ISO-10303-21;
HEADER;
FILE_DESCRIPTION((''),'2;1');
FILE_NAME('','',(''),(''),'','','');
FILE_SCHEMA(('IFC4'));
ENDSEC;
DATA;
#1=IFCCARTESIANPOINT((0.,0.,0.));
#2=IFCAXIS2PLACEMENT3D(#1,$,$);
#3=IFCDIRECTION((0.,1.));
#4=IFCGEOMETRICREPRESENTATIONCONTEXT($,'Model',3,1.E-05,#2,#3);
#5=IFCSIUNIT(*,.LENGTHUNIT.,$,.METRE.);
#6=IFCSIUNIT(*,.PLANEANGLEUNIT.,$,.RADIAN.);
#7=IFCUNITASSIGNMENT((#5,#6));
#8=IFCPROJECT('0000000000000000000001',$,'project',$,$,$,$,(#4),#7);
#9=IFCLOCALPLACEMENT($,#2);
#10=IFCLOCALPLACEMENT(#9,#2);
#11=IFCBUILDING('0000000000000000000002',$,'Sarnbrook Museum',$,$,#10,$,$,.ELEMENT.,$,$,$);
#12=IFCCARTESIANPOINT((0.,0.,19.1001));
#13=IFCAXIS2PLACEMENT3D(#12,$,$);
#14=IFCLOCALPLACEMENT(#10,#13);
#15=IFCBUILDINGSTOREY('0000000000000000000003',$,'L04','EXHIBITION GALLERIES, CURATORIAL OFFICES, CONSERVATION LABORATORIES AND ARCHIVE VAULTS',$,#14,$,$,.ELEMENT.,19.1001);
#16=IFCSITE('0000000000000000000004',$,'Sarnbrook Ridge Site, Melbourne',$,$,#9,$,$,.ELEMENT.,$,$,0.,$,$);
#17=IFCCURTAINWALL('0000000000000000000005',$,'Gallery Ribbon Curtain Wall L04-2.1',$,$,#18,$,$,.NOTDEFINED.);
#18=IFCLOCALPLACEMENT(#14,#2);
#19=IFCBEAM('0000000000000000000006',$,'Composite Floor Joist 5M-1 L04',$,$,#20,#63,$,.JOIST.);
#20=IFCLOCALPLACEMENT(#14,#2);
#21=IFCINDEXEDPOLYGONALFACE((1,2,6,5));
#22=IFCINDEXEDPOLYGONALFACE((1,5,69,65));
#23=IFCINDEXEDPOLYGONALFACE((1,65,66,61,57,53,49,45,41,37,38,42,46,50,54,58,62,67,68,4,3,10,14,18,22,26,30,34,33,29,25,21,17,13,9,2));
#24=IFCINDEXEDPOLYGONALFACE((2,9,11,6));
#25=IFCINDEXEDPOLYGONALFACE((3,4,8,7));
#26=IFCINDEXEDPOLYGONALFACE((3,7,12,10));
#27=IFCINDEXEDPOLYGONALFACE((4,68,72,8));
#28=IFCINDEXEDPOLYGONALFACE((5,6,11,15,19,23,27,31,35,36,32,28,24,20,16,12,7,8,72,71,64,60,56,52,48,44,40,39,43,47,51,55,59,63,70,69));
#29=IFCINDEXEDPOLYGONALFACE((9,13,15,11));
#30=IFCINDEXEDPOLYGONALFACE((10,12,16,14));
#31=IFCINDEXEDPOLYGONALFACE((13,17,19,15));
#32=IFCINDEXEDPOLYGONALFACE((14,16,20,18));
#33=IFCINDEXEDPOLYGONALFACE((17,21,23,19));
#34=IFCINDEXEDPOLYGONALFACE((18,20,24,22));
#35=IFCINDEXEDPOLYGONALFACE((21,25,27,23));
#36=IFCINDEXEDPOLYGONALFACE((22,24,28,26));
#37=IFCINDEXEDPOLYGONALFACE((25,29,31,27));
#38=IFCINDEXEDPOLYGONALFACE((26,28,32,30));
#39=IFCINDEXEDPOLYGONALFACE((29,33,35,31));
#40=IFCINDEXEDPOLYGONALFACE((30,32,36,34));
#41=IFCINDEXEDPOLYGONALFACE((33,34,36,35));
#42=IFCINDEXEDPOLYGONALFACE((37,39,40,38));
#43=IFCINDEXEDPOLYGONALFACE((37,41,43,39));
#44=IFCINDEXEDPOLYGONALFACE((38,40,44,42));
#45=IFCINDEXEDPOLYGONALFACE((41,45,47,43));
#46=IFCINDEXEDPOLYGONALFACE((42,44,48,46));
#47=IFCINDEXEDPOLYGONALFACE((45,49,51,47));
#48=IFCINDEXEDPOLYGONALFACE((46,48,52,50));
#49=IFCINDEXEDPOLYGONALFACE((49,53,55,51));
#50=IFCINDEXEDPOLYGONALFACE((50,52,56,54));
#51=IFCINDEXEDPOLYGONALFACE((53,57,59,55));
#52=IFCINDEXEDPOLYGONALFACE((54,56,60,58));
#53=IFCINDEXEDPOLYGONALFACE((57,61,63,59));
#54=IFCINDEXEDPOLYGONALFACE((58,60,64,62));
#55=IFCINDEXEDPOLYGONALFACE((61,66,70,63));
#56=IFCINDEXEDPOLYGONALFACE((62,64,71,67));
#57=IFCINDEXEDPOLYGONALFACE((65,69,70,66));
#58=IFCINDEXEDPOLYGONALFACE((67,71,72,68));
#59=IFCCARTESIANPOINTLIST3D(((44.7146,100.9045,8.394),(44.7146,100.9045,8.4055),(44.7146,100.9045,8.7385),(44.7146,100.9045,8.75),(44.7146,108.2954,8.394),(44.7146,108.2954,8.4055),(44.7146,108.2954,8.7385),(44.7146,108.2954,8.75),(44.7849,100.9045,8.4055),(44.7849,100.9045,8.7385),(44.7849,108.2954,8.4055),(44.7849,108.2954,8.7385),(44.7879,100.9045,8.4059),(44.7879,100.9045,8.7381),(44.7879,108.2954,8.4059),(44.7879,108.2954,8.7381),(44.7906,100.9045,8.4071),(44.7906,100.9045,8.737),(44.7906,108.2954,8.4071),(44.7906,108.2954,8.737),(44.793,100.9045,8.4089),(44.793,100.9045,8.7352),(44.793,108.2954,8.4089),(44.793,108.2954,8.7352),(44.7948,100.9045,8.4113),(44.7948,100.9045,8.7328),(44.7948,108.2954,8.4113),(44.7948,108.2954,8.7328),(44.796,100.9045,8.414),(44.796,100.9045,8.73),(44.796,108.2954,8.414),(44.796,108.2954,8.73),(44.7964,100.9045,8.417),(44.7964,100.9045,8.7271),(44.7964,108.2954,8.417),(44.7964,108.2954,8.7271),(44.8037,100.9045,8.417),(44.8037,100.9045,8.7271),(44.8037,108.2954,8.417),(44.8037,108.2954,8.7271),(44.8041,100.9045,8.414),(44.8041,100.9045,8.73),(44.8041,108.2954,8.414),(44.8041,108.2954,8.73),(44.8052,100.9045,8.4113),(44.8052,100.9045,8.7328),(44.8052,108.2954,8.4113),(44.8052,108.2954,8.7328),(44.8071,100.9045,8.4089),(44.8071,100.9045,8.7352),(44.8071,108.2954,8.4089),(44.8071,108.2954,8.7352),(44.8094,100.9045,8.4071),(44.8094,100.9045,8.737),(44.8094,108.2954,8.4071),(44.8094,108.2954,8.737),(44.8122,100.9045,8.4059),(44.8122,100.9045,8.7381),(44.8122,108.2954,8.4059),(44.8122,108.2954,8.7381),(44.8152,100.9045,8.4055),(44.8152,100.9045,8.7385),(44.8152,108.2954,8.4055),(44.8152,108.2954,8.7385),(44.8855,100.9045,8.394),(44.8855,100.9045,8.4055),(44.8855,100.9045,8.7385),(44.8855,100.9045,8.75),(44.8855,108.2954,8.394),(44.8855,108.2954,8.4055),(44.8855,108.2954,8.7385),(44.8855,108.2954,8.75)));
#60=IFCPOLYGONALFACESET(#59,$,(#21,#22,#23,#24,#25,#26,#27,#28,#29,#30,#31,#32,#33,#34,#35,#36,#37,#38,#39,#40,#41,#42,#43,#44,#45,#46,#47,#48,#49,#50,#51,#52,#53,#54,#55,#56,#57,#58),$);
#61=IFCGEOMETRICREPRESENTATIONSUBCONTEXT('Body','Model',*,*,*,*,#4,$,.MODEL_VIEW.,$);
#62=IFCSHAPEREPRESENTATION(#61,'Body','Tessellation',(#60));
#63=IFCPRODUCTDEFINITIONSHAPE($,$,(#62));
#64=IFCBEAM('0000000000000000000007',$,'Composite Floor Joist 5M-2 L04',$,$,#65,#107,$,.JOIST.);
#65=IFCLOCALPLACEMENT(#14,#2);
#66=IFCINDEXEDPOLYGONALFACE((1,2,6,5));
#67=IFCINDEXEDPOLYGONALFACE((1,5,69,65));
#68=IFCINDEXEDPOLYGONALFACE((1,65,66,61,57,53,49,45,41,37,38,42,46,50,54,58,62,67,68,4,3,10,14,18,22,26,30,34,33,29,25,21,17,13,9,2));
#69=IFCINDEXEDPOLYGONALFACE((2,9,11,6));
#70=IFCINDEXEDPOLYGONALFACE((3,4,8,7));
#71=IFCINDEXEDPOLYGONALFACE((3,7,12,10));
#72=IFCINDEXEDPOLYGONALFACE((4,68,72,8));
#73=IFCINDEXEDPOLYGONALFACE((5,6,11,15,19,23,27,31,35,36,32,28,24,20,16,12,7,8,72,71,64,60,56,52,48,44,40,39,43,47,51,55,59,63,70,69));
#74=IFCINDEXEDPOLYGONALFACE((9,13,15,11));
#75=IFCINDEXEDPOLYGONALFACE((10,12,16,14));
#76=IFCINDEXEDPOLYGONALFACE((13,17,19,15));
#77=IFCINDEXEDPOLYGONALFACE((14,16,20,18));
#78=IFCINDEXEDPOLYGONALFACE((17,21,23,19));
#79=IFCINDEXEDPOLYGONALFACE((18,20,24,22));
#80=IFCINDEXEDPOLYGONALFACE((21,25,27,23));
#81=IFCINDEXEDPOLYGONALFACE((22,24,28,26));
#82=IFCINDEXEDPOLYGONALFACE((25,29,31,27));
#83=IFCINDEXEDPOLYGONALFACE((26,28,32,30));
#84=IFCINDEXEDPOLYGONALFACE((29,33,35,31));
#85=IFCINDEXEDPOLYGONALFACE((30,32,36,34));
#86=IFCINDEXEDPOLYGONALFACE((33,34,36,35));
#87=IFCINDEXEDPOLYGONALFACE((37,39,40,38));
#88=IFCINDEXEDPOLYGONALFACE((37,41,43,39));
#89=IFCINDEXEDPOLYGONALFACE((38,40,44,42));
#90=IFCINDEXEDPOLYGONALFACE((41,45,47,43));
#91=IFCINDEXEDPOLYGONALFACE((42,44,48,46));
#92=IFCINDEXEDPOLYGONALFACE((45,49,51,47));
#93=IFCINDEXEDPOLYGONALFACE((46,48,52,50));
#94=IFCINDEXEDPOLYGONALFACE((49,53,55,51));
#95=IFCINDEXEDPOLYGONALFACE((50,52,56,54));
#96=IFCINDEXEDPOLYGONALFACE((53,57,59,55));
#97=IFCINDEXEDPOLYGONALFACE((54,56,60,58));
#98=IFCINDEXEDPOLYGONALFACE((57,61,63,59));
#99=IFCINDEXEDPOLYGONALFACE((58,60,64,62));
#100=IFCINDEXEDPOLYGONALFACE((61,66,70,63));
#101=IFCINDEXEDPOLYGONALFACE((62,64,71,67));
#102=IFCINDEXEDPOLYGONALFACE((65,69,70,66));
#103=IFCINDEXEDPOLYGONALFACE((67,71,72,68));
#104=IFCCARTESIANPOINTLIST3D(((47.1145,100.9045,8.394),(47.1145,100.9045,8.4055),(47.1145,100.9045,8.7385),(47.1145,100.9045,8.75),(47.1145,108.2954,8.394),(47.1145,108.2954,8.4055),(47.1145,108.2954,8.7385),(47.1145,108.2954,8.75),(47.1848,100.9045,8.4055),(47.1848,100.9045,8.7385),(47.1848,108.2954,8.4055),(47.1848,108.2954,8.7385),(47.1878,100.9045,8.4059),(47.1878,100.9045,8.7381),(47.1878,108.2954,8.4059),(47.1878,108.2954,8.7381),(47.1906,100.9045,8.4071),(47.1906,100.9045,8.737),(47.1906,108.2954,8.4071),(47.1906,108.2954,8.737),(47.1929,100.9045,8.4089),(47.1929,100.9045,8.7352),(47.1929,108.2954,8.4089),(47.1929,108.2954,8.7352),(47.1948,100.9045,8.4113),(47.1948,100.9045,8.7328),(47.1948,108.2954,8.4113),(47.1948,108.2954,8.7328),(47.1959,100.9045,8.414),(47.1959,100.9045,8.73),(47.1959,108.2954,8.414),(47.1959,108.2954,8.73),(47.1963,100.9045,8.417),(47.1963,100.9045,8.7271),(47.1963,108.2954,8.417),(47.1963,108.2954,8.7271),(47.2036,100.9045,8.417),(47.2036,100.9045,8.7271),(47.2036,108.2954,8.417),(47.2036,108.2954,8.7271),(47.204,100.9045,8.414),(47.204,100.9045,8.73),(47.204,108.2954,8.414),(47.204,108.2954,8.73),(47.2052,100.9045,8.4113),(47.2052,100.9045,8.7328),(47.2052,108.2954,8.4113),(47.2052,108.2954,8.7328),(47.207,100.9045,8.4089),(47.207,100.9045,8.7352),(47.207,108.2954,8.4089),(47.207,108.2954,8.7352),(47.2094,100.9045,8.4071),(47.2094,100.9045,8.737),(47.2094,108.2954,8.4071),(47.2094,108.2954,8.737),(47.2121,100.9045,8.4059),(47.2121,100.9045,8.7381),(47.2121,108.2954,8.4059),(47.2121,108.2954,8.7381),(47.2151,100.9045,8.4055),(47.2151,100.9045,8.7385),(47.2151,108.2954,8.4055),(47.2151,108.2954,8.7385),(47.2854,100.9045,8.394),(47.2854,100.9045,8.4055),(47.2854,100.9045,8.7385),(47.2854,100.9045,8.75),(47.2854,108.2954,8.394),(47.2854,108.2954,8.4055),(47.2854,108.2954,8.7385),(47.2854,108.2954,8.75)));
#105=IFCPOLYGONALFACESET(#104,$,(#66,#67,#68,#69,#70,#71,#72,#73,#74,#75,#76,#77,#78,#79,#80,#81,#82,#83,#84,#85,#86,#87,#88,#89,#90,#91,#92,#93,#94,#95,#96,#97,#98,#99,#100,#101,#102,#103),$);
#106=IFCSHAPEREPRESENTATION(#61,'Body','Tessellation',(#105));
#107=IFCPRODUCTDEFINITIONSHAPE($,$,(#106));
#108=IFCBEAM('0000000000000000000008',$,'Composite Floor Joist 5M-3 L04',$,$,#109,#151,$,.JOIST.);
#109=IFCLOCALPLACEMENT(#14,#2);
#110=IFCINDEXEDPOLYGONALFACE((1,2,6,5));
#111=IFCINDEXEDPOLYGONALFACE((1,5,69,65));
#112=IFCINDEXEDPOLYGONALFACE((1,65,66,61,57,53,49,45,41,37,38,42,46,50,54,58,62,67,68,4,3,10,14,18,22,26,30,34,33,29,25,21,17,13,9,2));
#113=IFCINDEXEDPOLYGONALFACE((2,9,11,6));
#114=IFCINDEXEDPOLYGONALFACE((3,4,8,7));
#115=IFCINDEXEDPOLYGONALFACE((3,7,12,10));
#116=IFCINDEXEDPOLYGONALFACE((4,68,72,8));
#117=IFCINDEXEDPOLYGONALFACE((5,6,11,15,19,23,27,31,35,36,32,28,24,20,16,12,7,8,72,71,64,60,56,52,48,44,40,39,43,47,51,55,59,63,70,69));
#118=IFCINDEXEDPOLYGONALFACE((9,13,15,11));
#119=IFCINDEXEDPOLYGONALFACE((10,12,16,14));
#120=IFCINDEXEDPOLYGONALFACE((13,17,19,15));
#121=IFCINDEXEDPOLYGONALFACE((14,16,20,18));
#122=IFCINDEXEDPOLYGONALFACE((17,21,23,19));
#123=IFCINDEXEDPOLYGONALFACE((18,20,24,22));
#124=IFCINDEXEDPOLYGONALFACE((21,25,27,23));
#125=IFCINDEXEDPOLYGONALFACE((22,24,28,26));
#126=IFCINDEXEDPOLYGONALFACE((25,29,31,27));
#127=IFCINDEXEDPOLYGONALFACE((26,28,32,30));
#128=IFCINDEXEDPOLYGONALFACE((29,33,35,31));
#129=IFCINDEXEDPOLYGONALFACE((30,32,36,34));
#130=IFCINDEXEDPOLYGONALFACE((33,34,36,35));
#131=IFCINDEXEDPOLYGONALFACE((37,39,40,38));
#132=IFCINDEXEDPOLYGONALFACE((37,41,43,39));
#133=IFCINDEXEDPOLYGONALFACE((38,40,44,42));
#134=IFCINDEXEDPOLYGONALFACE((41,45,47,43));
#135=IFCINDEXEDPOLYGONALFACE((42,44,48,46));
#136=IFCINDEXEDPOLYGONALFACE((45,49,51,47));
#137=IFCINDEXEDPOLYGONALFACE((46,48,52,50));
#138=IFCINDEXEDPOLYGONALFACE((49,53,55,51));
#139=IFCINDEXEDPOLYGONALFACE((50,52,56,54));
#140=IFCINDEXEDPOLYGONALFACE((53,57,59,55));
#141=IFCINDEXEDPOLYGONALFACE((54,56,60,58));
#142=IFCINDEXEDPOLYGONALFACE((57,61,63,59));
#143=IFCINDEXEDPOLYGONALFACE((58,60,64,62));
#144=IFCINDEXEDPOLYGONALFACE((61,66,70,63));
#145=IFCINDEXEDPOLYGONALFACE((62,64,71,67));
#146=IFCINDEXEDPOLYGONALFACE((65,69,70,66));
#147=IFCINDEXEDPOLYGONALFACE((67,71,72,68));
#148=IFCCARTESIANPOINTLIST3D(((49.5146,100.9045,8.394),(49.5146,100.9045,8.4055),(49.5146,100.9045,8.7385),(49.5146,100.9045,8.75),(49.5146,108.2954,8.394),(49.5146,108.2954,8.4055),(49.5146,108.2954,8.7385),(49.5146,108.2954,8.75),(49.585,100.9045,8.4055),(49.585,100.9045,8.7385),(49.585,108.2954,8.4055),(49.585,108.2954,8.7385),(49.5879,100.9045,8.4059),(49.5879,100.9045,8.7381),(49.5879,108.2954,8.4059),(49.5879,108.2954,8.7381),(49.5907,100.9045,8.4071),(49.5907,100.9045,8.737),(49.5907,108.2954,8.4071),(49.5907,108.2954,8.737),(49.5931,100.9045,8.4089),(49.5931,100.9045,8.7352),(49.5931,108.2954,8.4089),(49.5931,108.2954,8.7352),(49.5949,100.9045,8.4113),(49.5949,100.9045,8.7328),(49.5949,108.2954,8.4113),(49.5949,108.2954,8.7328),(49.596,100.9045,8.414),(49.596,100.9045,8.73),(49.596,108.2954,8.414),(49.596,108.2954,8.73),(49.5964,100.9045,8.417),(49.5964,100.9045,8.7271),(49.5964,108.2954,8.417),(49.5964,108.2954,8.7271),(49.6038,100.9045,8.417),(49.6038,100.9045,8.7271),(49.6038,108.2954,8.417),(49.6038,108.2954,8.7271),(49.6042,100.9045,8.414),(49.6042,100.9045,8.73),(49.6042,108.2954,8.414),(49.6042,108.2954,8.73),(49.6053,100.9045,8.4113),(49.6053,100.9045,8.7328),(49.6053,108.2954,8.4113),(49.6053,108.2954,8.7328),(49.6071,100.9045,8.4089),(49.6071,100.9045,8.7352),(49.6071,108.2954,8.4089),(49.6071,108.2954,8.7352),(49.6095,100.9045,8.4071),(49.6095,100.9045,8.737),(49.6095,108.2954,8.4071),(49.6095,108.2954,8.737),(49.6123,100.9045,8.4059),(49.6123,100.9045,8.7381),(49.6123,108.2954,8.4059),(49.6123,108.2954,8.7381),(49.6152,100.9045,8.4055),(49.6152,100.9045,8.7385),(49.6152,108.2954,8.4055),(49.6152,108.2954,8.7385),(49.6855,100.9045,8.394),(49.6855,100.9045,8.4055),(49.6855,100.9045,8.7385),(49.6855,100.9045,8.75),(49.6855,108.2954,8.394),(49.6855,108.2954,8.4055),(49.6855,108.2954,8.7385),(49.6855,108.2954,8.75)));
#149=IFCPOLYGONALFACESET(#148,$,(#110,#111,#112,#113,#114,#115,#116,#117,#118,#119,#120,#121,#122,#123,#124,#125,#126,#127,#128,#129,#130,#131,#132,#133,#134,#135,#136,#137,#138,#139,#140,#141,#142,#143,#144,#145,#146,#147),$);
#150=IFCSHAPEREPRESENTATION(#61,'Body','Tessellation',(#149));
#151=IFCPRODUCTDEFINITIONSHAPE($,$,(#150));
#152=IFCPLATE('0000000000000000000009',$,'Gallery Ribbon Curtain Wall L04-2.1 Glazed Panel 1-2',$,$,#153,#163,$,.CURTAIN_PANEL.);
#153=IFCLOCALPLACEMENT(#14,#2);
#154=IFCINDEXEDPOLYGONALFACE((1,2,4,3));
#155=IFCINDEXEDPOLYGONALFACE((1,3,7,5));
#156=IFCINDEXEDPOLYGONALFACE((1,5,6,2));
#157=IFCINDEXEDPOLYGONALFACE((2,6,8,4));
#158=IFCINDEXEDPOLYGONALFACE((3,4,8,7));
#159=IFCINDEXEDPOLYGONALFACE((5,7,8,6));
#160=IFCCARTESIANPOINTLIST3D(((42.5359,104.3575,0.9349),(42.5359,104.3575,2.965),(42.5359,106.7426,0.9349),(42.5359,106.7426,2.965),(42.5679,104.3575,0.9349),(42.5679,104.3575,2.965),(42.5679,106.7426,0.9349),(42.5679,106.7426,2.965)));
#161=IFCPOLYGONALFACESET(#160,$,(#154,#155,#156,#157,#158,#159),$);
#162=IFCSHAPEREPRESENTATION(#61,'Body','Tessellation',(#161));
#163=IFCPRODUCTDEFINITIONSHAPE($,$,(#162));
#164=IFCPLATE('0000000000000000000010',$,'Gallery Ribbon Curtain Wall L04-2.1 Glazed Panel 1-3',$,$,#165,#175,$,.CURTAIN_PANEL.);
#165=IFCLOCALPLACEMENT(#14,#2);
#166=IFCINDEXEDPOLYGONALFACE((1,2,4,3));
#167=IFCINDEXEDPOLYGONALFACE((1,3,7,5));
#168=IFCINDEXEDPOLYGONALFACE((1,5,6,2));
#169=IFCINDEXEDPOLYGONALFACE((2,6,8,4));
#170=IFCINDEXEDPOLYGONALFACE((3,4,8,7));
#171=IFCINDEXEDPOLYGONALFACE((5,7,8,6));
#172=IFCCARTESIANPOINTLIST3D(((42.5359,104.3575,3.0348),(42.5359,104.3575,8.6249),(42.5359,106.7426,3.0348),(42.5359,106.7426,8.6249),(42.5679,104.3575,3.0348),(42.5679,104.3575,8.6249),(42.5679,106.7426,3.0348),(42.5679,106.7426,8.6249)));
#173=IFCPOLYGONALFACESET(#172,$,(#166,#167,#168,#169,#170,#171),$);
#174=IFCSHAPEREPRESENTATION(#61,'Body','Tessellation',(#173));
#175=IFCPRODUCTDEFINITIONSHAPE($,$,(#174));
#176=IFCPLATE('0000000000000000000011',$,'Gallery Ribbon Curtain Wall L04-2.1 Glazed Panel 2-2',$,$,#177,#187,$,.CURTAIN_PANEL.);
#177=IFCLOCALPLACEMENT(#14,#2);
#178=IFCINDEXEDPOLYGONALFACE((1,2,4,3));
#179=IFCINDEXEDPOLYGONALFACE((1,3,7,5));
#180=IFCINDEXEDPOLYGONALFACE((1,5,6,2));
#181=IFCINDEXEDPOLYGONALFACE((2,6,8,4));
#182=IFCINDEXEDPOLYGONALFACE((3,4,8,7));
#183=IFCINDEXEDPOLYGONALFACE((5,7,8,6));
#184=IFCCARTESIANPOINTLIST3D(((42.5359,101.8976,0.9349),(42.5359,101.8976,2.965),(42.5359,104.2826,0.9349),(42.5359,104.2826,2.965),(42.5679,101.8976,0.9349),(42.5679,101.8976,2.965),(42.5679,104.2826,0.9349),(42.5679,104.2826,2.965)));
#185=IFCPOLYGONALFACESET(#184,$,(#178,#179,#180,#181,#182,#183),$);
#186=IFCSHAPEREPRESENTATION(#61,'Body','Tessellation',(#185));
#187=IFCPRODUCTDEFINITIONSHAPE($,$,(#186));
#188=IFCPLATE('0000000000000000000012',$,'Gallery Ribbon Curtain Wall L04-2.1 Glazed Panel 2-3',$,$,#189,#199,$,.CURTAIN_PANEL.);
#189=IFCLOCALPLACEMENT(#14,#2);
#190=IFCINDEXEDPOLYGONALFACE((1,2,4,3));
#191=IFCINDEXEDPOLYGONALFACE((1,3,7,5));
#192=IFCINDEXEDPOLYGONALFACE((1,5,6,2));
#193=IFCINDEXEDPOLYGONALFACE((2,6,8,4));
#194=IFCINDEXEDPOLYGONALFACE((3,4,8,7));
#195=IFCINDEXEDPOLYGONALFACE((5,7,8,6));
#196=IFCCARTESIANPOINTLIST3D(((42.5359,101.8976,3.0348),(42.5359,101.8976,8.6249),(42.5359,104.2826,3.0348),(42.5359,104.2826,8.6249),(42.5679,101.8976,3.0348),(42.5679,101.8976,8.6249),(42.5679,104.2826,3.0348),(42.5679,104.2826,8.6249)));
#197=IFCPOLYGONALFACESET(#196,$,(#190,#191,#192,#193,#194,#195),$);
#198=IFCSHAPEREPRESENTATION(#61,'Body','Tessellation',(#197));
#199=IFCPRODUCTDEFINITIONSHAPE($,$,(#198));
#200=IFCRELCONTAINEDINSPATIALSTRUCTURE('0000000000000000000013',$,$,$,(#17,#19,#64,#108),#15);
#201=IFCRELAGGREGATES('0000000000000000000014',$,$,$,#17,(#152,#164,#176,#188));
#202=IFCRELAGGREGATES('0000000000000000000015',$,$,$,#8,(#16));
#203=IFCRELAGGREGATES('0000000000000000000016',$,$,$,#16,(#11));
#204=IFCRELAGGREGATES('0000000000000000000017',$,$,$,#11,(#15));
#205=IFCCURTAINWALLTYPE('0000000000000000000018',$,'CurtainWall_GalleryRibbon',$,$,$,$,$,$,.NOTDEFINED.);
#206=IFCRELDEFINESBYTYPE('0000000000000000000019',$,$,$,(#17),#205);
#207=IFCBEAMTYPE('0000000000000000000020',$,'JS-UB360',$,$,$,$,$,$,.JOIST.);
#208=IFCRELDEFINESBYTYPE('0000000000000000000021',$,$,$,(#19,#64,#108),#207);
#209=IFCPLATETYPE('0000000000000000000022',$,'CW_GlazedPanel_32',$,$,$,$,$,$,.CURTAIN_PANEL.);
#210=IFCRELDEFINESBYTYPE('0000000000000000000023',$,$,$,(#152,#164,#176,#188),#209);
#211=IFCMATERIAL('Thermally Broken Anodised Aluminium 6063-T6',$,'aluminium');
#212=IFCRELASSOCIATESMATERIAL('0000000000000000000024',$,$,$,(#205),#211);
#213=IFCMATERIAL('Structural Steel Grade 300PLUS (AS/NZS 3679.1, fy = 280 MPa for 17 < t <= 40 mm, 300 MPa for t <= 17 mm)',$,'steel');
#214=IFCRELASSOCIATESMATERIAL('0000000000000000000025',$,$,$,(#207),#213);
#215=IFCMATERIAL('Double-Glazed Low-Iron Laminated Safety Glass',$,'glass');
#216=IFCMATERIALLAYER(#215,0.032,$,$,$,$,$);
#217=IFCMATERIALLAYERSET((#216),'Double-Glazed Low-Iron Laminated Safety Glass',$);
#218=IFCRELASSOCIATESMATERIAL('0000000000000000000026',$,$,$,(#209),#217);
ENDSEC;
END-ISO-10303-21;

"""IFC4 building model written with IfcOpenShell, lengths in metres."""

from ifc_helpers import new_model, si_unit, direction, frame, origin, origin_2d, place, context, subcontext, project, spatial, rectangle, i_section, extrude, material, layer, layer_set, material_profile, profile_set, type_object, element, aggregate, save


model = new_model("IFC4")

# Units and contexts
model_context = context("Model", 3, precision=1e-05, world=origin(), true_north=direction((0.0, 1.0)))
body_context = subcontext(model_context, "Body", "Model", "MODEL_VIEW")
ifc_project = project(units=[si_unit("LENGTHUNIT", "METRE"), si_unit("PLANEANGLEUNIT", "RADIAN")], contexts=[model_context])

# Site, building, storey
site_placement = place(None, origin())
site = spatial("IfcSite", under=ifc_project, at=site_placement, Name="Sarnbrook Ridge Site, Melbourne", CompositionType="ELEMENT", RefElevation=0.0)
building_placement = place(site_placement, origin())
building = spatial("IfcBuilding", under=site, at=building_placement, Name="Sarnbrook Museum", CompositionType="ELEMENT")
storey_placement = place(building_placement, frame((0.0, 0.0, 19.1001)))
storey = spatial("IfcBuildingStorey", under=building, at=storey_placement, Name="L04", Description="EXHIBITION GALLERIES, CURATORIAL OFFICES, CONSERVATION LABORATORIES AND ARCHIVE VAULTS", CompositionType="ELEMENT", Elevation=19.1001)

# Shared definitions
ifc_material_1 = material(Name="Structural Steel Grade 300PLUS (AS/NZS 3679.1, fy = 280 MPa for 17 < t <= 40 mm, 300 MPa for t <= 17 mm)", Category="steel")

# Curtain wall
ifc_material_2 = material(Name="Thermally Broken Anodised Aluminium 6063-T6", Category="aluminium")
curtain_wall_type = type_object("IfcCurtainWallType", Name="CurtainWall_GalleryRibbon", PredefinedType="NOTDEFINED", material=ifc_material_2)
curtain_wall_placement = place(storey_placement, origin())
curtain_wall = element("IfcCurtainWall", 1, at=curtain_wall_placement, inside=storey, type_object=curtain_wall_type, Name="Gallery Ribbon Curtain Wall L04-2.1", PredefinedType="NOTDEFINED")

# Beams
ifc_material_profile_1 = material_profile(ifc_material_1, i_section(OverallWidth=0.1709, OverallDepth=0.356, WebThickness=0.0073, FlangeThickness=0.0115, FilletRadius=0.0115, at=origin_2d()), Name="360UB50.7")
ifc_profile_set_1 = profile_set([ifc_material_profile_1], Name="Structural Steel Grade 300PLUS (AS/NZS 3679.1, fy = 280 MPa for 17 < t <= 40 mm, 300 MPa for t <= 17 mm)")
beam_type_1 = type_object("IfcBeamType", Name="JS-UB360", PredefinedType="JOIST", material=ifc_profile_set_1)
for number, where, z_axis, x_axis, name in (
    (2, (44.8, 100.9045, 8.572), (0.0, 1.0, 0.0), (-1.0, 0.0, 0.0), "Composite Floor Joist 5M-1 L04"),
    (3, (47.2, 100.9045, 8.572), (0.0, 1.0, 0.0), (-1.0, 0.0, 0.0), "Composite Floor Joist 5M-2 L04"),
    (4, (49.6001, 100.9045, 8.572), (0.0, 1.0, 0.0), (-1.0, 0.0, 0.0), "Composite Floor Joist 5M-3 L04"),
):
    element("IfcBeam", number, at=place(storey_placement, frame(where, z_axis=z_axis, x_axis=x_axis)), inside=storey, type_object=beam_type_1, Name=name, PredefinedType="JOIST", context=body_context, shape_type="SweptSolid", body=[
        extrude(i_section(OverallWidth=0.1709, OverallDepth=0.356, WebThickness=0.0073, FlangeThickness=0.0115, FilletRadius=0.0115, at=origin_2d()), origin(), (0.0, 0.0, 1.0), 7.3909),
    ])

# Plates
ifc_material_3 = material(Name="Double-Glazed Low-Iron Laminated Safety Glass", Category="glass")
ifc_layer_1 = layer(ifc_material_3, 0.032)
ifc_layer_set_1 = layer_set([ifc_layer_1], Name="Double-Glazed Low-Iron Laminated Safety Glass")
plate_type_1 = type_object("IfcPlateType", Name="CW_GlazedPanel_32", PredefinedType="CURTAIN_PANEL", material=ifc_layer_set_1)
plate_1_placement = place(storey_placement, frame((42.5679, 105.55, 1.95), z_axis=(-1.0, 0.0, 0.0), x_axis=(0.0, -1.0, 0.0)))
plate_1 = element("IfcPlate", 5, at=plate_1_placement, type_object=plate_type_1, Name="Gallery Ribbon Curtain Wall L04-2.1 Glazed Panel 1-2", PredefinedType="CURTAIN_PANEL", context=body_context, shape_type="SweptSolid", body=[
    extrude(rectangle(XDim=2.385, YDim=2.03, at=origin_2d()), origin(), (0.0, 0.0, 1.0), 0.032),
])
plate_2_placement = place(storey_placement, frame((42.5679, 105.55, 5.8298), z_axis=(-1.0, 0.0, 0.0), x_axis=(0.0, -1.0, 0.0)))
plate_2 = element("IfcPlate", 6, at=plate_2_placement, type_object=plate_type_1, Name="Gallery Ribbon Curtain Wall L04-2.1 Glazed Panel 1-3", PredefinedType="CURTAIN_PANEL", context=body_context, shape_type="SweptSolid", body=[
    extrude(rectangle(XDim=2.385, YDim=5.5901, at=origin_2d()), origin(), (0.0, 0.0, 1.0), 0.032),
])
plate_3_placement = place(storey_placement, frame((42.5679, 103.0901, 1.95), z_axis=(-1.0, 0.0, 0.0), x_axis=(0.0, -1.0, 0.0)))
plate_3 = element("IfcPlate", 7, at=plate_3_placement, type_object=plate_type_1, Name="Gallery Ribbon Curtain Wall L04-2.1 Glazed Panel 2-2", PredefinedType="CURTAIN_PANEL", context=body_context, shape_type="SweptSolid", body=[
    extrude(rectangle(XDim=2.385, YDim=2.03, at=origin_2d()), origin(), (0.0, 0.0, 1.0), 0.032),
])
plate_4_placement = place(storey_placement, frame((42.5679, 103.0901, 5.8298), z_axis=(-1.0, 0.0, 0.0), x_axis=(0.0, -1.0, 0.0)))
plate_4 = element("IfcPlate", 8, at=plate_4_placement, type_object=plate_type_1, Name="Gallery Ribbon Curtain Wall L04-2.1 Glazed Panel 2-3", PredefinedType="CURTAIN_PANEL", context=body_context, shape_type="SweptSolid", body=[
    extrude(rectangle(XDim=2.385, YDim=5.5901, at=origin_2d()), origin(), (0.0, 0.0, 1.0), 0.032),
])
aggregate(curtain_wall, [plate_1, plate_2, plate_3, plate_4])

save(model, "model.ifc")
